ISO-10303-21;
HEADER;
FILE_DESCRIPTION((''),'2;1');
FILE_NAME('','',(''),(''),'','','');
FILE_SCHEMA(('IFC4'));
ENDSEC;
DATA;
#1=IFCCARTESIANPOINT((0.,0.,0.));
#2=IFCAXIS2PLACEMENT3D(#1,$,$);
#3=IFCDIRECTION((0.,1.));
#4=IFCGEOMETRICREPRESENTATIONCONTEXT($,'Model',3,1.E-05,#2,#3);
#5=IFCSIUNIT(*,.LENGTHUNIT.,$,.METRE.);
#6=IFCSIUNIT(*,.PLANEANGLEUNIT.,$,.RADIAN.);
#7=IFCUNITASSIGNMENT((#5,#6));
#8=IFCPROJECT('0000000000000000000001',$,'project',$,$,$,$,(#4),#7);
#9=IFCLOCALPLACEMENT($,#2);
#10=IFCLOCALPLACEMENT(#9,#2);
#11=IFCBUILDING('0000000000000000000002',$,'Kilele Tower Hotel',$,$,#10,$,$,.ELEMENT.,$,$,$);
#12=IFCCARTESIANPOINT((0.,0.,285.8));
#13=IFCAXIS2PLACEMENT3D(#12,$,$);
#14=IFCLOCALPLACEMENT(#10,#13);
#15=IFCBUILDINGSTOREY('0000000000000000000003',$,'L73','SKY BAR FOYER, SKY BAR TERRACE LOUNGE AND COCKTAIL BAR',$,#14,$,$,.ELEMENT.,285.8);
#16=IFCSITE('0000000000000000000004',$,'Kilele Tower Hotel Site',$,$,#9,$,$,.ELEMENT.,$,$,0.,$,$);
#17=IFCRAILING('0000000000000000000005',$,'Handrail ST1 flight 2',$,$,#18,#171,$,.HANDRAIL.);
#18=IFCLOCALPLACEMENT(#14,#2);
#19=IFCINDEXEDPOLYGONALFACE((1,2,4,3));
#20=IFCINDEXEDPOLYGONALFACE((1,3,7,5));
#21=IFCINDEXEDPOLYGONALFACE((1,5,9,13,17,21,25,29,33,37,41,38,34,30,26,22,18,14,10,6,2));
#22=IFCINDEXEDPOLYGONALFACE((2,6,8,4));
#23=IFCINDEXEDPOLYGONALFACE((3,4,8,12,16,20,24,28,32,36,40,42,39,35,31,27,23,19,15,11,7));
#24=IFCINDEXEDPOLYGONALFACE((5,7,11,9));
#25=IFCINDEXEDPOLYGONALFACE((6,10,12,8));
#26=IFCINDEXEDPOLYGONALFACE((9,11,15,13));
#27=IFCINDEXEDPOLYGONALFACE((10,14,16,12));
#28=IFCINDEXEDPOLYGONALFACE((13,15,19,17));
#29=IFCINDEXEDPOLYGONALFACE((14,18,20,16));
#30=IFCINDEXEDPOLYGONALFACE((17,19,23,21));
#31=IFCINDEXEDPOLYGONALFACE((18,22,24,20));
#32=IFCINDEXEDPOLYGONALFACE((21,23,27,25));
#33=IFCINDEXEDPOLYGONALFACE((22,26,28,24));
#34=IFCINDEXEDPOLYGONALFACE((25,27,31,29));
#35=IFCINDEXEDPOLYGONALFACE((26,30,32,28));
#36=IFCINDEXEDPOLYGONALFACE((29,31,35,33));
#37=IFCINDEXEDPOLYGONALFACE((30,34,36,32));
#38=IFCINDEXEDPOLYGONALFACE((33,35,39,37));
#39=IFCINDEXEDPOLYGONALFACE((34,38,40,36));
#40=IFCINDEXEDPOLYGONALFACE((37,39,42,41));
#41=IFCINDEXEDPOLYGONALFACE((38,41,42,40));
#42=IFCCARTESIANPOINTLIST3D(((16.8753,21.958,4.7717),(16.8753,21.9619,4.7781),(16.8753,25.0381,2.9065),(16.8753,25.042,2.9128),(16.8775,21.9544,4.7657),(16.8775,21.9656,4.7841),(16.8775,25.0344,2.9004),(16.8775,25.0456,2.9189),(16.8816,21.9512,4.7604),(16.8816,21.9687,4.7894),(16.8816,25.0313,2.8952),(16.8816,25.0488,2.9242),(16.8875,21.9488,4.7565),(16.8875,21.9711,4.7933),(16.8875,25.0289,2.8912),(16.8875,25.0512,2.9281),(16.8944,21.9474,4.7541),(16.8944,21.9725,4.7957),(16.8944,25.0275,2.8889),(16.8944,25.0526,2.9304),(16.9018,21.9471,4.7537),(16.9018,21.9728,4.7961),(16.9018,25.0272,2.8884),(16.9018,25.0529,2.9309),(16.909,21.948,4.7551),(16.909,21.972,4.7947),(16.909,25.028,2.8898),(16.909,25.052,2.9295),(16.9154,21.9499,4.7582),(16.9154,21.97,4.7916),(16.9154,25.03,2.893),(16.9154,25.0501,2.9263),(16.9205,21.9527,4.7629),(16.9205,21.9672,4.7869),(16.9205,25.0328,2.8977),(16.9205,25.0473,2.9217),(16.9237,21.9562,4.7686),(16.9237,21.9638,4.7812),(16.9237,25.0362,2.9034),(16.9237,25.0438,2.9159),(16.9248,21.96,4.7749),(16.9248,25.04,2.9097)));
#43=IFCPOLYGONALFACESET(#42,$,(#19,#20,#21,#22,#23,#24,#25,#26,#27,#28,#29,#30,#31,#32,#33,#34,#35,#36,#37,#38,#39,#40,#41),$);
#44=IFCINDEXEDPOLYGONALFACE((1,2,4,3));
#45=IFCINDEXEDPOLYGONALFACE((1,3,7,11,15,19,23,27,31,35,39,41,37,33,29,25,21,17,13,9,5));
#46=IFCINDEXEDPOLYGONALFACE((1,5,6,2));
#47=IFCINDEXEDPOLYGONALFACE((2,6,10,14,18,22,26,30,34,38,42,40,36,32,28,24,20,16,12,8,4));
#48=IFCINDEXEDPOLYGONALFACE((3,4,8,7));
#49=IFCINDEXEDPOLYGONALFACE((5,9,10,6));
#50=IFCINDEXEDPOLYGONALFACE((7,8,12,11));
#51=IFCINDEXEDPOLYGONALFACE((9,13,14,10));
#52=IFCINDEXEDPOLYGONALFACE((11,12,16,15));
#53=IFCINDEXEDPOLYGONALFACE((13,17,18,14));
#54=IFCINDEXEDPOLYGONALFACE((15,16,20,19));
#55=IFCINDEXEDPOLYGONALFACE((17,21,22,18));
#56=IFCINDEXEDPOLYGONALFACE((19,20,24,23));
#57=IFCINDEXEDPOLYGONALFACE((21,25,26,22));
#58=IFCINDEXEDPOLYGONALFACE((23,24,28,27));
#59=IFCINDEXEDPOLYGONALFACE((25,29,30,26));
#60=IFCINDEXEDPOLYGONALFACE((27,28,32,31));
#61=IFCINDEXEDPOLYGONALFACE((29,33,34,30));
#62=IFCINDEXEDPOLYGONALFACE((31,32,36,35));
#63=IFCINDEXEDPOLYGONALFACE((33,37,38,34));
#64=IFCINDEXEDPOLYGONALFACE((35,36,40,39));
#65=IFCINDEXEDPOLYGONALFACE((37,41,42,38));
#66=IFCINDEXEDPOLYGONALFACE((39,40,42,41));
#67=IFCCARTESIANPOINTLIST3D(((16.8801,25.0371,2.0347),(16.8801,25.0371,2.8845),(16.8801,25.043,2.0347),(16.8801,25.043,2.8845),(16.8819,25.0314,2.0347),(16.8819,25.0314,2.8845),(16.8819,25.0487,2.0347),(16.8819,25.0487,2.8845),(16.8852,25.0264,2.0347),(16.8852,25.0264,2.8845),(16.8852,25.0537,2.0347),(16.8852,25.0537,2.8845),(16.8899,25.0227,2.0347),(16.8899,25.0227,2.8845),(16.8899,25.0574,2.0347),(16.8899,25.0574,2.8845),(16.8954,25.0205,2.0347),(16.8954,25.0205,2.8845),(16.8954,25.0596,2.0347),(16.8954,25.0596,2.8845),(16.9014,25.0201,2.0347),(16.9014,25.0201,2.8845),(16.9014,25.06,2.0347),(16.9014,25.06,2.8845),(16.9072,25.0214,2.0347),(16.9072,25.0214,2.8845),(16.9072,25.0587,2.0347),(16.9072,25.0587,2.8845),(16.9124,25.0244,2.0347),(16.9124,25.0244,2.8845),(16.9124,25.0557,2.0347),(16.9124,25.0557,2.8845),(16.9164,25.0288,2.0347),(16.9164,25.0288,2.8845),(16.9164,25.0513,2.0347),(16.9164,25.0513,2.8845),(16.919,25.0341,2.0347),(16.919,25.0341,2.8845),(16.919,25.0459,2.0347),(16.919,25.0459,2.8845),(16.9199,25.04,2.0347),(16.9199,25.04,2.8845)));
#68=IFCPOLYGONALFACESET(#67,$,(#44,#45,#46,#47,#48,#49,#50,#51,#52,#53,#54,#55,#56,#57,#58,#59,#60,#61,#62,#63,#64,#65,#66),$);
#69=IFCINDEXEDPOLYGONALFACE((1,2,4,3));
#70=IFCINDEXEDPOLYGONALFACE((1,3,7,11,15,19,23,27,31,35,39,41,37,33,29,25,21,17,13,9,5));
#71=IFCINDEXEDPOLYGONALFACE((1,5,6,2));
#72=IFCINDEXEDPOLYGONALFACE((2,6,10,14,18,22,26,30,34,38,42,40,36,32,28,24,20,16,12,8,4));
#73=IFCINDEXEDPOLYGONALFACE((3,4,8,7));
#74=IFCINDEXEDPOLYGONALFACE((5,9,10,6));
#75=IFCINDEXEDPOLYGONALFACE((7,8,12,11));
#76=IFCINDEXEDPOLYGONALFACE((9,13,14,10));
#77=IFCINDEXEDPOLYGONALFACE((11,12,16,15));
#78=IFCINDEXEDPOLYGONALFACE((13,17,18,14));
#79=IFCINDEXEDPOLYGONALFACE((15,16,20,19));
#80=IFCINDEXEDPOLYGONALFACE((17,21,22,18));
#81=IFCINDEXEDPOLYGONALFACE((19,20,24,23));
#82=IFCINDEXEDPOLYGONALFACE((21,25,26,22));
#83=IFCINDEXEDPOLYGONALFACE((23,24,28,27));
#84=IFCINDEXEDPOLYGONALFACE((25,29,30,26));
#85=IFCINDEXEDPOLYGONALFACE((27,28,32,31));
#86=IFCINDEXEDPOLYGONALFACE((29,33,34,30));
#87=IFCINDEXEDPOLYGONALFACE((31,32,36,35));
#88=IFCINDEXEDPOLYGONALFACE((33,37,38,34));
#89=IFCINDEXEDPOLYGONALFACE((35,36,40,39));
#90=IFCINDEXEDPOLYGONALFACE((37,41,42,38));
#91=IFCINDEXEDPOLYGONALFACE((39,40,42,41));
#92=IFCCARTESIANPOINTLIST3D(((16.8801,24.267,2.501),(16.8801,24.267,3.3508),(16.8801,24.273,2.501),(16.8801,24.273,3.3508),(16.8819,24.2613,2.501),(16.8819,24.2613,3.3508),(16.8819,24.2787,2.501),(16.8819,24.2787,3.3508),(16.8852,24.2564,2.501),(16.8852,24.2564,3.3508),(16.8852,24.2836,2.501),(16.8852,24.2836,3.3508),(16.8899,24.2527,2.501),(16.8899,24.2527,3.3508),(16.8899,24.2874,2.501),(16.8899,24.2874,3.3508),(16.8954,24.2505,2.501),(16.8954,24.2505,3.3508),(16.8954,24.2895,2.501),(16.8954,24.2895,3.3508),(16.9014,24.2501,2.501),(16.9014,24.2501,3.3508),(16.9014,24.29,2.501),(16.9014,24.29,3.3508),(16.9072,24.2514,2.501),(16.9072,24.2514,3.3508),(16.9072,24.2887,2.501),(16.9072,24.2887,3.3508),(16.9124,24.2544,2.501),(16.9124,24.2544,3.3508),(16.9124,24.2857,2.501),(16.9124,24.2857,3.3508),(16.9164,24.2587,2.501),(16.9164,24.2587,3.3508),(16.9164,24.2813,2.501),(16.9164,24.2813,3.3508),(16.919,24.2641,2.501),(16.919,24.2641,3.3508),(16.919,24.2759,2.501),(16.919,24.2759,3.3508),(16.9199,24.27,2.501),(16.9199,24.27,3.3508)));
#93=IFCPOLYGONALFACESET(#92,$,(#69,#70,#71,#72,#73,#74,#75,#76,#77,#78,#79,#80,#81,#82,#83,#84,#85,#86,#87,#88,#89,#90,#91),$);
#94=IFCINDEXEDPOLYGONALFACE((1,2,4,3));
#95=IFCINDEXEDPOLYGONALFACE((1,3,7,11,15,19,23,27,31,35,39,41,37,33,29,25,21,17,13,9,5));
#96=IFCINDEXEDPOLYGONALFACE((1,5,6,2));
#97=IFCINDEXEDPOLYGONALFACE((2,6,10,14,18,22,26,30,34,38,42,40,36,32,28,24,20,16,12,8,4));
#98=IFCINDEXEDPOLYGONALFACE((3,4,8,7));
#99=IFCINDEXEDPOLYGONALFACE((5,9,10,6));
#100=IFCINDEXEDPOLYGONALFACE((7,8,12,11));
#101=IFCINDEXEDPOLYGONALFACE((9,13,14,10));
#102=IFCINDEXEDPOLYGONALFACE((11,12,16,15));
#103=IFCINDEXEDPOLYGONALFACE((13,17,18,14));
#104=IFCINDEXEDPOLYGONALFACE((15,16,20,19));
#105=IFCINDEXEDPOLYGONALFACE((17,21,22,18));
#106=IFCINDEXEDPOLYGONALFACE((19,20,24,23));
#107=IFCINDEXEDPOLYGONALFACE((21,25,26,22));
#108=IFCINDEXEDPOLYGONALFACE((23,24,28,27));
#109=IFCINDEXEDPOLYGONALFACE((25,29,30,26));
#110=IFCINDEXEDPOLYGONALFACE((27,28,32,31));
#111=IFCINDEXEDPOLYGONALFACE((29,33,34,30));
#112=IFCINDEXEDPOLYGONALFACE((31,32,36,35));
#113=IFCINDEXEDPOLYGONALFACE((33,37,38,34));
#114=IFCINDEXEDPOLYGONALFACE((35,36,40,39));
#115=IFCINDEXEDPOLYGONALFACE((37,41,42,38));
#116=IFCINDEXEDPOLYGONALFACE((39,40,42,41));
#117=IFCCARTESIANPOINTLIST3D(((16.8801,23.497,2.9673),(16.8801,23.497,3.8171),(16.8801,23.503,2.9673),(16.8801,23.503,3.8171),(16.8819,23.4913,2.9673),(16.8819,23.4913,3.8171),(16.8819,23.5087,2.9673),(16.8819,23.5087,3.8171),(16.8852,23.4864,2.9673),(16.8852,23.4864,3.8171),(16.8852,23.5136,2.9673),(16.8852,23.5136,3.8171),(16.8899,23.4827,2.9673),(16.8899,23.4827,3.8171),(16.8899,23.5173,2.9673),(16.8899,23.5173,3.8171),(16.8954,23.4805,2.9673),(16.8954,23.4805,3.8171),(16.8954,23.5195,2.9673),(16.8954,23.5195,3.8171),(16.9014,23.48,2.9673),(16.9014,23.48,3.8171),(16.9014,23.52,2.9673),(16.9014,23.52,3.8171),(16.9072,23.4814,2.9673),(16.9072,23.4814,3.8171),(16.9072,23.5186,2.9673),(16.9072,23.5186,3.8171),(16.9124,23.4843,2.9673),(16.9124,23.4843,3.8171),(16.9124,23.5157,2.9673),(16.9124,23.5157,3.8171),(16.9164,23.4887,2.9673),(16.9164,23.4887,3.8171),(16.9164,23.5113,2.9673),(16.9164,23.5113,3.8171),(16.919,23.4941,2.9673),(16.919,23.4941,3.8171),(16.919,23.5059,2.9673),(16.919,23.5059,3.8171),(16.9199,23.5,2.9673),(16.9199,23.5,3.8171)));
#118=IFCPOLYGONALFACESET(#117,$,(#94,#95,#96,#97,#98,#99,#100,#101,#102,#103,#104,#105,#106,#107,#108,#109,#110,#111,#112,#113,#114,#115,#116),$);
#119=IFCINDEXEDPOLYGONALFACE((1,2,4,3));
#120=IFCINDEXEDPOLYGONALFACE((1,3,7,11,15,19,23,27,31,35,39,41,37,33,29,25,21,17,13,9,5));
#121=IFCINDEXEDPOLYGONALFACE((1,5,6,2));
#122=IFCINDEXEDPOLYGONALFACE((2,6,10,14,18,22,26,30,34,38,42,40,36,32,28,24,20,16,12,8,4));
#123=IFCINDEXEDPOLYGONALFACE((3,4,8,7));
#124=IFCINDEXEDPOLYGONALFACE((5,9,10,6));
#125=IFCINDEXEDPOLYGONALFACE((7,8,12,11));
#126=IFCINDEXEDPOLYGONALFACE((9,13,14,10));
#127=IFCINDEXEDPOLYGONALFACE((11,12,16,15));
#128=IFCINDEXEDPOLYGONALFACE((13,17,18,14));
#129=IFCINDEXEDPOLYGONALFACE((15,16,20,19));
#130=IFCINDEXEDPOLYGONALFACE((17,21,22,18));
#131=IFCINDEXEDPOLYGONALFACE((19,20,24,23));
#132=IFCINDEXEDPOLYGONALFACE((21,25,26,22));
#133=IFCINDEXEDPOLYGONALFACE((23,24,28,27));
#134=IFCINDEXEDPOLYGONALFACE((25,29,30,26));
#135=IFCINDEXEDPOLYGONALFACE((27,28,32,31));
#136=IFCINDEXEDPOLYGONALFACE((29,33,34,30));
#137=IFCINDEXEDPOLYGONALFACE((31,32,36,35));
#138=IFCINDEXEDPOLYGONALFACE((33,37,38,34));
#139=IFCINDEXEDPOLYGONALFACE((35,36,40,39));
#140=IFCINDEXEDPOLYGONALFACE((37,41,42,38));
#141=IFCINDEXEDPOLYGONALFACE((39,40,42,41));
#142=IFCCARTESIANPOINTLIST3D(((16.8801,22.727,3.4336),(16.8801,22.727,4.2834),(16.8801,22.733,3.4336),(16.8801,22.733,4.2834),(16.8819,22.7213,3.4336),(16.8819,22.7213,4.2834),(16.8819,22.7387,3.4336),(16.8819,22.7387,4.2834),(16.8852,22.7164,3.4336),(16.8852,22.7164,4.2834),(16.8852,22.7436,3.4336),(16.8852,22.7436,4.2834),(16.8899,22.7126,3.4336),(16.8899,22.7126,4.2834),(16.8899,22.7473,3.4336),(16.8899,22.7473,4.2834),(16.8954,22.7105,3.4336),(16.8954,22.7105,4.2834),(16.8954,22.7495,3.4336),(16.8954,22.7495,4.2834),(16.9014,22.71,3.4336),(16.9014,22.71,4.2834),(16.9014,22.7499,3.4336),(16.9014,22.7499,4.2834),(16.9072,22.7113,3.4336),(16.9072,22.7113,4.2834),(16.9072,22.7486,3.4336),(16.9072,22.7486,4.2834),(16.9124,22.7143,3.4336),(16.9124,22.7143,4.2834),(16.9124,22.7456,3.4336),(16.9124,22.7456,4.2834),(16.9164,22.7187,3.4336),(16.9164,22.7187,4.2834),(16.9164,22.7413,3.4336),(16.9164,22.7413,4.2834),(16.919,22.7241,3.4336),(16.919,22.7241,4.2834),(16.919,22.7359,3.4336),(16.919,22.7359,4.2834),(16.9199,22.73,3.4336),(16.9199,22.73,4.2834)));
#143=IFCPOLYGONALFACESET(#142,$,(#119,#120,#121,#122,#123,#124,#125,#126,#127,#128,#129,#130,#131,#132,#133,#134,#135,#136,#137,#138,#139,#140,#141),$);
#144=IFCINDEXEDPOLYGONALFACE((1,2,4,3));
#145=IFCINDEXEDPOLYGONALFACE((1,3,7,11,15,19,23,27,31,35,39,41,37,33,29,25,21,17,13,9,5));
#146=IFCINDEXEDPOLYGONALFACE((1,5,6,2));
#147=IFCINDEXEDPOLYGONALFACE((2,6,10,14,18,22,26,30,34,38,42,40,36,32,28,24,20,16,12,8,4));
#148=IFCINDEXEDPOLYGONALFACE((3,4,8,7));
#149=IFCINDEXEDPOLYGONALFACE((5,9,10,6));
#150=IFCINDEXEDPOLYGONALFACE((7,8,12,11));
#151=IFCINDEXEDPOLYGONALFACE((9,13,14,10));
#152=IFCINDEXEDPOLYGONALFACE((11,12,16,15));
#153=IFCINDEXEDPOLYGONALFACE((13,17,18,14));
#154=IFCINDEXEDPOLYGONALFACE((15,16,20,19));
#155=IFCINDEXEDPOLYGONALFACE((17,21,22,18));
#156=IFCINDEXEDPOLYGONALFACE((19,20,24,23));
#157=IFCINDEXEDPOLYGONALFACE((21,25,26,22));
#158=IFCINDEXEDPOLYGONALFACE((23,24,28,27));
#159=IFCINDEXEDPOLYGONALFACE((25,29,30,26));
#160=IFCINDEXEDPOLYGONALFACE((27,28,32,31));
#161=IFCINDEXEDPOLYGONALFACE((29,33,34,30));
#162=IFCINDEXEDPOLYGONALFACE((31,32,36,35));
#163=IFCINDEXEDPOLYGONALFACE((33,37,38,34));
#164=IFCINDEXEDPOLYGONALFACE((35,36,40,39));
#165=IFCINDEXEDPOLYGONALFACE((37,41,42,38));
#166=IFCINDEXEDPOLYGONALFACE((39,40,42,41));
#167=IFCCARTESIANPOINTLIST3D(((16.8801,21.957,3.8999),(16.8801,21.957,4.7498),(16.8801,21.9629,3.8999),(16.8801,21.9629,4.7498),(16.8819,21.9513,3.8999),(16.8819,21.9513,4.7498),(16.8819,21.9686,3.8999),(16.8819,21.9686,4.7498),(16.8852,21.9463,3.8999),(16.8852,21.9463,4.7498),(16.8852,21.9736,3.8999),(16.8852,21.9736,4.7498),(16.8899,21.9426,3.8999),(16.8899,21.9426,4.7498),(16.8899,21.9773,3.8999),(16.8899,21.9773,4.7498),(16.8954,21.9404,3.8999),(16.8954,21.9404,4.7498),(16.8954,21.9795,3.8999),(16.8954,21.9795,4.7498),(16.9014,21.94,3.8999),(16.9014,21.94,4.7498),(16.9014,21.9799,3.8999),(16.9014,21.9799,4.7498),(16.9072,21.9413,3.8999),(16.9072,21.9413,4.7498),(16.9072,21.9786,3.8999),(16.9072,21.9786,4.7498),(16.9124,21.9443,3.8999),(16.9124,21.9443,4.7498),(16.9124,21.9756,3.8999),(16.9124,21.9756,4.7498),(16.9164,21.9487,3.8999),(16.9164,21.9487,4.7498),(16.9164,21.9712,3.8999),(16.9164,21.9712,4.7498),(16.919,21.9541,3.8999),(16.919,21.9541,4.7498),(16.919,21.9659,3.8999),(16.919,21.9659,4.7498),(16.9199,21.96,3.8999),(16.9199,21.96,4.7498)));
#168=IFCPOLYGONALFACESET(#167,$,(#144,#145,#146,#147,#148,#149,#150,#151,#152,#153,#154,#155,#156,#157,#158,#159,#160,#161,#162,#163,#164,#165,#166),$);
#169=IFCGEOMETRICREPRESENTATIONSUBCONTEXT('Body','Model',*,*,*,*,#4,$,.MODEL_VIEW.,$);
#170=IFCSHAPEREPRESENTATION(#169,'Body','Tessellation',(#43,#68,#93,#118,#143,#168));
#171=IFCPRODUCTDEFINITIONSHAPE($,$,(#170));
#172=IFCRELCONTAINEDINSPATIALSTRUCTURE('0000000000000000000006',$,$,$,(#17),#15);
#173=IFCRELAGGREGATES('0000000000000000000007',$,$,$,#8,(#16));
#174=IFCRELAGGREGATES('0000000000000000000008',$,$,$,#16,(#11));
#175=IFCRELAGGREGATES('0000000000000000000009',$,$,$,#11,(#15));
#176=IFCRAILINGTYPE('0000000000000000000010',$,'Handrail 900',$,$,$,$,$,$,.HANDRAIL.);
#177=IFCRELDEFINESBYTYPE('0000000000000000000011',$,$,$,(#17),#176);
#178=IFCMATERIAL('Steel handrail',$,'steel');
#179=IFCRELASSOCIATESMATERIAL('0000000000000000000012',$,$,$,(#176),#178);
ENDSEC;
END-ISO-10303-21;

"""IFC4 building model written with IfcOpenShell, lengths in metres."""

from ifc_helpers import new_model, si_unit, direction, frame, origin, origin_2d, place, context, subcontext, project, spatial, circle, extrude, material, type_object, element, save


model = new_model("IFC4")

# Units and contexts
model_context = context("Model", 3, precision=1e-05, world=origin(), true_north=direction((0.0, 1.0)))
body_context = subcontext(model_context, "Body", "Model", "MODEL_VIEW")
ifc_project = project(units=[si_unit("LENGTHUNIT", "METRE"), si_unit("PLANEANGLEUNIT", "RADIAN")], contexts=[model_context])

# Site, building, storey
site_placement = place(None, origin())
site = spatial("IfcSite", under=ifc_project, at=site_placement, Name="Kilele Tower Hotel Site", CompositionType="ELEMENT", RefElevation=0.0)
building_placement = place(site_placement, origin())
building = spatial("IfcBuilding", under=site, at=building_placement, Name="Kilele Tower Hotel", CompositionType="ELEMENT")
storey_placement = place(building_placement, frame((0.0, 0.0, 285.8)))
storey = spatial("IfcBuildingStorey", under=building, at=storey_placement, Name="L73", Description="SKY BAR FOYER, SKY BAR TERRACE LOUNGE AND COCKTAIL BAR", CompositionType="ELEMENT", Elevation=285.8)

# Railing
ifc_material_1 = material(Name="Steel handrail", Category="steel")
railing_type = type_object("IfcRailingType", Name="Handrail 900", PredefinedType="HANDRAIL", material=ifc_material_1)
railing_placement = place(storey_placement, frame((16.8999, 25.04, 2.0347)))
element("IfcRailing", 1, at=railing_placement, inside=storey, type_object=railing_type, Name="Handrail ST1 flight 2", PredefinedType="HANDRAIL", context=body_context, shape_type="SweptSolid", body=[
    extrude(circle(Radius=0.0249, at=origin_2d()), frame((0.0, 0.0, 0.875), z_axis=(0.0, -0.85538, 0.518001), x_axis=(1.0, 0.0, 0.0)), (0.0, 0.0, 1.0), 3.6008),
    extrude(circle(Radius=0.02, at=origin_2d()), origin(), (0.0, 0.0, 1.0), 0.8499),
    extrude(circle(Radius=0.02, at=origin_2d()), frame((0.0, -0.77, 0.4663)), (0.0, 0.0, 1.0), 0.8499),
    extrude(circle(Radius=0.02, at=origin_2d()), frame((0.0, -1.54, 0.9326)), (0.0, 0.0, 1.0), 0.8499),
    extrude(circle(Radius=0.02, at=origin_2d()), frame((0.0, -2.3101, 1.3989)), (0.0, 0.0, 1.0), 0.8499),
    extrude(circle(Radius=0.02, at=origin_2d()), frame((0.0, -3.0801, 1.8652)), (0.0, 0.0, 1.0), 0.8499),
])

save(model, "model.ifc")
